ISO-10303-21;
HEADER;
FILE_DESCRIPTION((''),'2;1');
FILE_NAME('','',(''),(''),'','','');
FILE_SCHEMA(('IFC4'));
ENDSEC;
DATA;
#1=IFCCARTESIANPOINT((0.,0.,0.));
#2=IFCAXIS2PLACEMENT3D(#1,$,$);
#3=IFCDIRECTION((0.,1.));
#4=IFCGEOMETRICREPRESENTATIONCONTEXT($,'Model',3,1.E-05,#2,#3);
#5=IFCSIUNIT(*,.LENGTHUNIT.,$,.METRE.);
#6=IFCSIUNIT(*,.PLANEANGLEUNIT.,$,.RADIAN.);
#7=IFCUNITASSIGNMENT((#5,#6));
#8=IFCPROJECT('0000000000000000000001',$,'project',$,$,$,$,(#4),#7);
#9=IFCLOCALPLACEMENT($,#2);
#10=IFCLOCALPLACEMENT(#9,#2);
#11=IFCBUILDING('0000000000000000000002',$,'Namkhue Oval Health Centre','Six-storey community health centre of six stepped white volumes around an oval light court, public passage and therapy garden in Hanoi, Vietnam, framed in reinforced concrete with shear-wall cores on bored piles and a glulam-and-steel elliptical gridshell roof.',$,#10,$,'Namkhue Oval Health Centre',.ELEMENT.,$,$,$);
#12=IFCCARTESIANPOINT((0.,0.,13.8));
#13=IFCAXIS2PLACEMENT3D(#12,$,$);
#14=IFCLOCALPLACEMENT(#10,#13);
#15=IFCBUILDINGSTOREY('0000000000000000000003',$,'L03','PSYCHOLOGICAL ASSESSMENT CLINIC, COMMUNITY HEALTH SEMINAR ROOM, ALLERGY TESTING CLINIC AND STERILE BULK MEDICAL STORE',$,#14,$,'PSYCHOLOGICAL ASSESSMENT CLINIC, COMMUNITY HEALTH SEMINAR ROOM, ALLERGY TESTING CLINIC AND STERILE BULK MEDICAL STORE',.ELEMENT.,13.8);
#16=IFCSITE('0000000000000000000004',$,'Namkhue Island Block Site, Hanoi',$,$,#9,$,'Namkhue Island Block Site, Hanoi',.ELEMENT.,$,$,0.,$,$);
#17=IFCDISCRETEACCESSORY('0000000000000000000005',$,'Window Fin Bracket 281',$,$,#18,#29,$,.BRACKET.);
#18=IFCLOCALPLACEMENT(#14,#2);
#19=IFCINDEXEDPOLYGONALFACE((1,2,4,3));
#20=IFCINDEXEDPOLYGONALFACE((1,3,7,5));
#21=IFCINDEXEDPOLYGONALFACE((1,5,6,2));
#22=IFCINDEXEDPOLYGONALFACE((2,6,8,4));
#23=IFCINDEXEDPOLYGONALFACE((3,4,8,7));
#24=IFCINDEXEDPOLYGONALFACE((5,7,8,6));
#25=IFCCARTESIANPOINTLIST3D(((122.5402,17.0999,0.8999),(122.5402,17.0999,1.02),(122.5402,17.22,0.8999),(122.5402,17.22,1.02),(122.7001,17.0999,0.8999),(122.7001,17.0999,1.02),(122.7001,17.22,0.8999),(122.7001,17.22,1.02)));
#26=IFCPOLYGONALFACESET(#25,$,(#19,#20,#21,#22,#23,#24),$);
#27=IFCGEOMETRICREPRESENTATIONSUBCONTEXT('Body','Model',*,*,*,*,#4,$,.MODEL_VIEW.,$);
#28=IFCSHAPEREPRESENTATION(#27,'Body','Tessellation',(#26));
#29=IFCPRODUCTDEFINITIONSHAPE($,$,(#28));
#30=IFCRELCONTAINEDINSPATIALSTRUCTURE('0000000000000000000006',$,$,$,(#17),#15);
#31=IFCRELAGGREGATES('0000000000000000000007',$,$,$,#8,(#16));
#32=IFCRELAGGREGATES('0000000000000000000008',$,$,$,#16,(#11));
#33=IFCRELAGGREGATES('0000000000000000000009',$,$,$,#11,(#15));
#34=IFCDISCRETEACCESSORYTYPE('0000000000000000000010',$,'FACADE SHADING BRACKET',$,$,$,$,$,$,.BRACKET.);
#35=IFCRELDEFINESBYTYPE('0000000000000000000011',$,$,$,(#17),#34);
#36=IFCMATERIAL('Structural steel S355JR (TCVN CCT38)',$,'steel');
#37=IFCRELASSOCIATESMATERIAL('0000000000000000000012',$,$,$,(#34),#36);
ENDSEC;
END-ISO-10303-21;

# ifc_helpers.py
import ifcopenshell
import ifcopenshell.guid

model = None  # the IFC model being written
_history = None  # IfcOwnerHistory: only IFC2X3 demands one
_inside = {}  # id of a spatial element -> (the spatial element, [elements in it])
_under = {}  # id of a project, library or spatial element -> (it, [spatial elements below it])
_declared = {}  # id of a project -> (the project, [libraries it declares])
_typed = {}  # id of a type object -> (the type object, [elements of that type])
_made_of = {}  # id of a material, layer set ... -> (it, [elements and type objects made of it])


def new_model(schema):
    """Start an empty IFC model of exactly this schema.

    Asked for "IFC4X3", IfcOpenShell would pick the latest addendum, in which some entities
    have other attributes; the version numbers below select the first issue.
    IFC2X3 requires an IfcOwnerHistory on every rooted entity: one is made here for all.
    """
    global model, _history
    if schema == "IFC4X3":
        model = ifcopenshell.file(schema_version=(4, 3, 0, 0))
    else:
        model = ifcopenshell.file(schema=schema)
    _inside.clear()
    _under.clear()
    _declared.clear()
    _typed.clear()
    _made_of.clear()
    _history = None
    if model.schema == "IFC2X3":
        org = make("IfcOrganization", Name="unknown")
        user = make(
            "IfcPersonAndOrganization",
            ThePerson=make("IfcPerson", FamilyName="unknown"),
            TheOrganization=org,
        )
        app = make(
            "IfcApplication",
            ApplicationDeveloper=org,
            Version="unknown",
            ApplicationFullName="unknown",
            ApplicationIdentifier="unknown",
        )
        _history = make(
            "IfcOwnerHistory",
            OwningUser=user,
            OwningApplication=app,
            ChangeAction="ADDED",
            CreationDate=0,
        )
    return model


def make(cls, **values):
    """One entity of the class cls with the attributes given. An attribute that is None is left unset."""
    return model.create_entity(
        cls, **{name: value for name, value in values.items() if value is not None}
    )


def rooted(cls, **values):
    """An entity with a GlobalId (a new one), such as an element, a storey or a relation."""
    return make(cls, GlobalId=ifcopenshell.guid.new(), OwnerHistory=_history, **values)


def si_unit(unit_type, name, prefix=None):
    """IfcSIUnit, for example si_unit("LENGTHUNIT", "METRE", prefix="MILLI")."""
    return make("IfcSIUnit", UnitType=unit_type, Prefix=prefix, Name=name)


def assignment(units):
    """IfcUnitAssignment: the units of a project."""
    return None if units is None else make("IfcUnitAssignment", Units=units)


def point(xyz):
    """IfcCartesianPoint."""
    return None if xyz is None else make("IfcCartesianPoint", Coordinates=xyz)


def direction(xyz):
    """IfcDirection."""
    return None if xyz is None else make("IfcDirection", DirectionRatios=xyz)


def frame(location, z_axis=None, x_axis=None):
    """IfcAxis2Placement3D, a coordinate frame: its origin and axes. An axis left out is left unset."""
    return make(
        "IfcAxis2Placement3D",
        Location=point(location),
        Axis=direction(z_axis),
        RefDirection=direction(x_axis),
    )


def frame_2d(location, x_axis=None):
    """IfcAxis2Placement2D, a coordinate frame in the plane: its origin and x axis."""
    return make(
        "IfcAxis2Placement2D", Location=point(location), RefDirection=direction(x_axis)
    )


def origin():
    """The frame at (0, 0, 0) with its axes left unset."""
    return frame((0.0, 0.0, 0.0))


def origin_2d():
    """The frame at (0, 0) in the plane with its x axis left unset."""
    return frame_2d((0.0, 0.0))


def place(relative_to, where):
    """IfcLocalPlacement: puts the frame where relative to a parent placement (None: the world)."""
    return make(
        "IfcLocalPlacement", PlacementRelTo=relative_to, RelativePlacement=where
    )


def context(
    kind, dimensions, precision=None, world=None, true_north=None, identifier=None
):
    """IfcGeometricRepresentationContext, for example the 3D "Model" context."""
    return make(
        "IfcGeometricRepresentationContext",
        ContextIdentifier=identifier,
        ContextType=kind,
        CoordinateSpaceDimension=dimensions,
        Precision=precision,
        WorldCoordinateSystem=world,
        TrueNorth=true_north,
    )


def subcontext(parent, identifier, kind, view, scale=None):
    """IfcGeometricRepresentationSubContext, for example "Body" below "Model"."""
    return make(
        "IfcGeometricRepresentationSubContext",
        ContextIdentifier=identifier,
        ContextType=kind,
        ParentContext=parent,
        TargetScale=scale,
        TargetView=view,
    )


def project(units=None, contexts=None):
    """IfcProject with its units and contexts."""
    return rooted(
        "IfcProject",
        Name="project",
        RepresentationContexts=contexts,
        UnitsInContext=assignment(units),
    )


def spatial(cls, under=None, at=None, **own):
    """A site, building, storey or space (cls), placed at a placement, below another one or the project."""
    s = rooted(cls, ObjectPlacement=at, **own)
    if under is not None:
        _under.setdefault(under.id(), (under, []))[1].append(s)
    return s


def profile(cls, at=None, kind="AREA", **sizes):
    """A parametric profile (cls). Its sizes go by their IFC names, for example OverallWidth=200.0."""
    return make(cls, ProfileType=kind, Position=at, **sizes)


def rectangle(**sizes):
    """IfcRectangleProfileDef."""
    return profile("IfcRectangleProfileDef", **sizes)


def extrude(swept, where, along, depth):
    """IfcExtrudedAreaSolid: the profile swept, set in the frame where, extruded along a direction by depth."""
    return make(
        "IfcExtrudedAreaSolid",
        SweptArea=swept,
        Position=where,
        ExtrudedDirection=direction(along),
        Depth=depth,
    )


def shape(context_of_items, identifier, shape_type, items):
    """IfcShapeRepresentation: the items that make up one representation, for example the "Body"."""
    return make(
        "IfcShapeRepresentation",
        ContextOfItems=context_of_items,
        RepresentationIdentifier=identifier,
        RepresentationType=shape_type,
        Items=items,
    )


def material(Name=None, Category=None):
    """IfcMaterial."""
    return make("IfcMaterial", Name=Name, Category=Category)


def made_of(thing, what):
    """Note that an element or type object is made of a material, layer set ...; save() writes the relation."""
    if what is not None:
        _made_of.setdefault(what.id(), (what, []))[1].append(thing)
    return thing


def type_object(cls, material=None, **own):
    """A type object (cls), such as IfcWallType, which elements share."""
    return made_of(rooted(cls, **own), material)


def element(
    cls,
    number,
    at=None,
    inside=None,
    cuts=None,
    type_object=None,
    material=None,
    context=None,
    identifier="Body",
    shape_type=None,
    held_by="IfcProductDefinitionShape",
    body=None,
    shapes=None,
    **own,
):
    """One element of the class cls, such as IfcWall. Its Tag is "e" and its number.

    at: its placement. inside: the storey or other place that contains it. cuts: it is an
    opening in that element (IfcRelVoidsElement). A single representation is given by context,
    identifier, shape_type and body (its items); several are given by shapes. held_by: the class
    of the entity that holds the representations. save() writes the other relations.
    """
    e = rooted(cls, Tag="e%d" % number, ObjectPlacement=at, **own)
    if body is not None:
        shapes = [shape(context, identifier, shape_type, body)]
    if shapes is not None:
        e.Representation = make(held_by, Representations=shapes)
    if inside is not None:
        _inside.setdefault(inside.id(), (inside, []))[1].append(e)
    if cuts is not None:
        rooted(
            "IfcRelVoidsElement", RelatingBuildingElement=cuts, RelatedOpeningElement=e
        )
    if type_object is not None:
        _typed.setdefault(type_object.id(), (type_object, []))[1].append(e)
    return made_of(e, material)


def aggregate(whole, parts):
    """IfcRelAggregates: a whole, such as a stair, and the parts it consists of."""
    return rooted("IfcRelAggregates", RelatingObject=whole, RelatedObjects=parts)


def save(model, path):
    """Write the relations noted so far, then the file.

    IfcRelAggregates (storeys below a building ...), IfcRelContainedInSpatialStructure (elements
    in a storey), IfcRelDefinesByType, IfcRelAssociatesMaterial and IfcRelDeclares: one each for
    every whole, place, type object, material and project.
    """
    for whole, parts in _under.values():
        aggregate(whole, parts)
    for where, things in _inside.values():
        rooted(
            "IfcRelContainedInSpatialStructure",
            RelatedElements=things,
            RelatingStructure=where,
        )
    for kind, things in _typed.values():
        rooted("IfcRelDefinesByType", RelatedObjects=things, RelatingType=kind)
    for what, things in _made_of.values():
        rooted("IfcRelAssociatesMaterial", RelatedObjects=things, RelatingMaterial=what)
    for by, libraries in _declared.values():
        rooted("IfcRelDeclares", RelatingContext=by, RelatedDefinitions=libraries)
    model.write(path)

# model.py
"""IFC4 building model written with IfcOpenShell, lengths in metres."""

from ifc_helpers import new_model, si_unit, direction, frame, origin, origin_2d, place, context, subcontext, project, spatial, rectangle, extrude, material, type_object, element, save


model = new_model("IFC4")

# Units and contexts
model_context = context("Model", 3, precision=1e-05, world=origin(), true_north=direction((0.0, 1.0)))
body_context = subcontext(model_context, "Body", "Model", "MODEL_VIEW")
ifc_project = project(units=[si_unit("LENGTHUNIT", "METRE"), si_unit("PLANEANGLEUNIT", "RADIAN")], contexts=[model_context])

# Site, building, storey
site_placement = place(None, origin())
site = spatial("IfcSite", under=ifc_project, at=site_placement, Name="Namkhue Island Block Site, Hanoi", LongName="Namkhue Island Block Site, Hanoi", CompositionType="ELEMENT", RefElevation=0.0)
building_placement = place(site_placement, origin())
building = spatial("IfcBuilding", under=site, at=building_placement, Name="Namkhue Oval Health Centre", Description="Six-storey community health centre of six stepped white volumes around an oval light court, public passage and therapy garden in Hanoi, Vietnam, framed in reinforced concrete with shear-wall cores on bored piles and a glulam-and-steel elliptical gridshell roof.", LongName="Namkhue Oval Health Centre", CompositionType="ELEMENT")
storey_placement = place(building_placement, frame((0.0, 0.0, 13.8)))
storey = spatial("IfcBuildingStorey", under=building, at=storey_placement, Name="L03", Description="PSYCHOLOGICAL ASSESSMENT CLINIC, COMMUNITY HEALTH SEMINAR ROOM, ALLERGY TESTING CLINIC AND STERILE BULK MEDICAL STORE", LongName="PSYCHOLOGICAL ASSESSMENT CLINIC, COMMUNITY HEALTH SEMINAR ROOM, ALLERGY TESTING CLINIC AND STERILE BULK MEDICAL STORE", CompositionType="ELEMENT", Elevation=13.8)

# Discrete accessory
ifc_material_1 = material(Name="Structural steel S355JR (TCVN CCT38)", Category="steel")
discrete_accessory_type = type_object("IfcDiscreteAccessoryType", Name="FACADE SHADING BRACKET", PredefinedType="BRACKET", material=ifc_material_1)
discrete_accessory_placement = place(storey_placement, frame((122.6201, 17.1599, 0.8999), z_axis=(0.0, 0.0, 1.0), x_axis=(1.0, 0.0, 0.0)))
element("IfcDiscreteAccessory", 1, at=discrete_accessory_placement, inside=storey, type_object=discrete_accessory_type, Name="Window Fin Bracket 281", PredefinedType="BRACKET", context=body_context, shape_type="SweptSolid", body=[
    extrude(rectangle(XDim=0.1599, YDim=0.1201, at=origin_2d()), origin(), (0.0, 0.0, 1.0), 0.1201),
])

save(model, "model.ifc")
